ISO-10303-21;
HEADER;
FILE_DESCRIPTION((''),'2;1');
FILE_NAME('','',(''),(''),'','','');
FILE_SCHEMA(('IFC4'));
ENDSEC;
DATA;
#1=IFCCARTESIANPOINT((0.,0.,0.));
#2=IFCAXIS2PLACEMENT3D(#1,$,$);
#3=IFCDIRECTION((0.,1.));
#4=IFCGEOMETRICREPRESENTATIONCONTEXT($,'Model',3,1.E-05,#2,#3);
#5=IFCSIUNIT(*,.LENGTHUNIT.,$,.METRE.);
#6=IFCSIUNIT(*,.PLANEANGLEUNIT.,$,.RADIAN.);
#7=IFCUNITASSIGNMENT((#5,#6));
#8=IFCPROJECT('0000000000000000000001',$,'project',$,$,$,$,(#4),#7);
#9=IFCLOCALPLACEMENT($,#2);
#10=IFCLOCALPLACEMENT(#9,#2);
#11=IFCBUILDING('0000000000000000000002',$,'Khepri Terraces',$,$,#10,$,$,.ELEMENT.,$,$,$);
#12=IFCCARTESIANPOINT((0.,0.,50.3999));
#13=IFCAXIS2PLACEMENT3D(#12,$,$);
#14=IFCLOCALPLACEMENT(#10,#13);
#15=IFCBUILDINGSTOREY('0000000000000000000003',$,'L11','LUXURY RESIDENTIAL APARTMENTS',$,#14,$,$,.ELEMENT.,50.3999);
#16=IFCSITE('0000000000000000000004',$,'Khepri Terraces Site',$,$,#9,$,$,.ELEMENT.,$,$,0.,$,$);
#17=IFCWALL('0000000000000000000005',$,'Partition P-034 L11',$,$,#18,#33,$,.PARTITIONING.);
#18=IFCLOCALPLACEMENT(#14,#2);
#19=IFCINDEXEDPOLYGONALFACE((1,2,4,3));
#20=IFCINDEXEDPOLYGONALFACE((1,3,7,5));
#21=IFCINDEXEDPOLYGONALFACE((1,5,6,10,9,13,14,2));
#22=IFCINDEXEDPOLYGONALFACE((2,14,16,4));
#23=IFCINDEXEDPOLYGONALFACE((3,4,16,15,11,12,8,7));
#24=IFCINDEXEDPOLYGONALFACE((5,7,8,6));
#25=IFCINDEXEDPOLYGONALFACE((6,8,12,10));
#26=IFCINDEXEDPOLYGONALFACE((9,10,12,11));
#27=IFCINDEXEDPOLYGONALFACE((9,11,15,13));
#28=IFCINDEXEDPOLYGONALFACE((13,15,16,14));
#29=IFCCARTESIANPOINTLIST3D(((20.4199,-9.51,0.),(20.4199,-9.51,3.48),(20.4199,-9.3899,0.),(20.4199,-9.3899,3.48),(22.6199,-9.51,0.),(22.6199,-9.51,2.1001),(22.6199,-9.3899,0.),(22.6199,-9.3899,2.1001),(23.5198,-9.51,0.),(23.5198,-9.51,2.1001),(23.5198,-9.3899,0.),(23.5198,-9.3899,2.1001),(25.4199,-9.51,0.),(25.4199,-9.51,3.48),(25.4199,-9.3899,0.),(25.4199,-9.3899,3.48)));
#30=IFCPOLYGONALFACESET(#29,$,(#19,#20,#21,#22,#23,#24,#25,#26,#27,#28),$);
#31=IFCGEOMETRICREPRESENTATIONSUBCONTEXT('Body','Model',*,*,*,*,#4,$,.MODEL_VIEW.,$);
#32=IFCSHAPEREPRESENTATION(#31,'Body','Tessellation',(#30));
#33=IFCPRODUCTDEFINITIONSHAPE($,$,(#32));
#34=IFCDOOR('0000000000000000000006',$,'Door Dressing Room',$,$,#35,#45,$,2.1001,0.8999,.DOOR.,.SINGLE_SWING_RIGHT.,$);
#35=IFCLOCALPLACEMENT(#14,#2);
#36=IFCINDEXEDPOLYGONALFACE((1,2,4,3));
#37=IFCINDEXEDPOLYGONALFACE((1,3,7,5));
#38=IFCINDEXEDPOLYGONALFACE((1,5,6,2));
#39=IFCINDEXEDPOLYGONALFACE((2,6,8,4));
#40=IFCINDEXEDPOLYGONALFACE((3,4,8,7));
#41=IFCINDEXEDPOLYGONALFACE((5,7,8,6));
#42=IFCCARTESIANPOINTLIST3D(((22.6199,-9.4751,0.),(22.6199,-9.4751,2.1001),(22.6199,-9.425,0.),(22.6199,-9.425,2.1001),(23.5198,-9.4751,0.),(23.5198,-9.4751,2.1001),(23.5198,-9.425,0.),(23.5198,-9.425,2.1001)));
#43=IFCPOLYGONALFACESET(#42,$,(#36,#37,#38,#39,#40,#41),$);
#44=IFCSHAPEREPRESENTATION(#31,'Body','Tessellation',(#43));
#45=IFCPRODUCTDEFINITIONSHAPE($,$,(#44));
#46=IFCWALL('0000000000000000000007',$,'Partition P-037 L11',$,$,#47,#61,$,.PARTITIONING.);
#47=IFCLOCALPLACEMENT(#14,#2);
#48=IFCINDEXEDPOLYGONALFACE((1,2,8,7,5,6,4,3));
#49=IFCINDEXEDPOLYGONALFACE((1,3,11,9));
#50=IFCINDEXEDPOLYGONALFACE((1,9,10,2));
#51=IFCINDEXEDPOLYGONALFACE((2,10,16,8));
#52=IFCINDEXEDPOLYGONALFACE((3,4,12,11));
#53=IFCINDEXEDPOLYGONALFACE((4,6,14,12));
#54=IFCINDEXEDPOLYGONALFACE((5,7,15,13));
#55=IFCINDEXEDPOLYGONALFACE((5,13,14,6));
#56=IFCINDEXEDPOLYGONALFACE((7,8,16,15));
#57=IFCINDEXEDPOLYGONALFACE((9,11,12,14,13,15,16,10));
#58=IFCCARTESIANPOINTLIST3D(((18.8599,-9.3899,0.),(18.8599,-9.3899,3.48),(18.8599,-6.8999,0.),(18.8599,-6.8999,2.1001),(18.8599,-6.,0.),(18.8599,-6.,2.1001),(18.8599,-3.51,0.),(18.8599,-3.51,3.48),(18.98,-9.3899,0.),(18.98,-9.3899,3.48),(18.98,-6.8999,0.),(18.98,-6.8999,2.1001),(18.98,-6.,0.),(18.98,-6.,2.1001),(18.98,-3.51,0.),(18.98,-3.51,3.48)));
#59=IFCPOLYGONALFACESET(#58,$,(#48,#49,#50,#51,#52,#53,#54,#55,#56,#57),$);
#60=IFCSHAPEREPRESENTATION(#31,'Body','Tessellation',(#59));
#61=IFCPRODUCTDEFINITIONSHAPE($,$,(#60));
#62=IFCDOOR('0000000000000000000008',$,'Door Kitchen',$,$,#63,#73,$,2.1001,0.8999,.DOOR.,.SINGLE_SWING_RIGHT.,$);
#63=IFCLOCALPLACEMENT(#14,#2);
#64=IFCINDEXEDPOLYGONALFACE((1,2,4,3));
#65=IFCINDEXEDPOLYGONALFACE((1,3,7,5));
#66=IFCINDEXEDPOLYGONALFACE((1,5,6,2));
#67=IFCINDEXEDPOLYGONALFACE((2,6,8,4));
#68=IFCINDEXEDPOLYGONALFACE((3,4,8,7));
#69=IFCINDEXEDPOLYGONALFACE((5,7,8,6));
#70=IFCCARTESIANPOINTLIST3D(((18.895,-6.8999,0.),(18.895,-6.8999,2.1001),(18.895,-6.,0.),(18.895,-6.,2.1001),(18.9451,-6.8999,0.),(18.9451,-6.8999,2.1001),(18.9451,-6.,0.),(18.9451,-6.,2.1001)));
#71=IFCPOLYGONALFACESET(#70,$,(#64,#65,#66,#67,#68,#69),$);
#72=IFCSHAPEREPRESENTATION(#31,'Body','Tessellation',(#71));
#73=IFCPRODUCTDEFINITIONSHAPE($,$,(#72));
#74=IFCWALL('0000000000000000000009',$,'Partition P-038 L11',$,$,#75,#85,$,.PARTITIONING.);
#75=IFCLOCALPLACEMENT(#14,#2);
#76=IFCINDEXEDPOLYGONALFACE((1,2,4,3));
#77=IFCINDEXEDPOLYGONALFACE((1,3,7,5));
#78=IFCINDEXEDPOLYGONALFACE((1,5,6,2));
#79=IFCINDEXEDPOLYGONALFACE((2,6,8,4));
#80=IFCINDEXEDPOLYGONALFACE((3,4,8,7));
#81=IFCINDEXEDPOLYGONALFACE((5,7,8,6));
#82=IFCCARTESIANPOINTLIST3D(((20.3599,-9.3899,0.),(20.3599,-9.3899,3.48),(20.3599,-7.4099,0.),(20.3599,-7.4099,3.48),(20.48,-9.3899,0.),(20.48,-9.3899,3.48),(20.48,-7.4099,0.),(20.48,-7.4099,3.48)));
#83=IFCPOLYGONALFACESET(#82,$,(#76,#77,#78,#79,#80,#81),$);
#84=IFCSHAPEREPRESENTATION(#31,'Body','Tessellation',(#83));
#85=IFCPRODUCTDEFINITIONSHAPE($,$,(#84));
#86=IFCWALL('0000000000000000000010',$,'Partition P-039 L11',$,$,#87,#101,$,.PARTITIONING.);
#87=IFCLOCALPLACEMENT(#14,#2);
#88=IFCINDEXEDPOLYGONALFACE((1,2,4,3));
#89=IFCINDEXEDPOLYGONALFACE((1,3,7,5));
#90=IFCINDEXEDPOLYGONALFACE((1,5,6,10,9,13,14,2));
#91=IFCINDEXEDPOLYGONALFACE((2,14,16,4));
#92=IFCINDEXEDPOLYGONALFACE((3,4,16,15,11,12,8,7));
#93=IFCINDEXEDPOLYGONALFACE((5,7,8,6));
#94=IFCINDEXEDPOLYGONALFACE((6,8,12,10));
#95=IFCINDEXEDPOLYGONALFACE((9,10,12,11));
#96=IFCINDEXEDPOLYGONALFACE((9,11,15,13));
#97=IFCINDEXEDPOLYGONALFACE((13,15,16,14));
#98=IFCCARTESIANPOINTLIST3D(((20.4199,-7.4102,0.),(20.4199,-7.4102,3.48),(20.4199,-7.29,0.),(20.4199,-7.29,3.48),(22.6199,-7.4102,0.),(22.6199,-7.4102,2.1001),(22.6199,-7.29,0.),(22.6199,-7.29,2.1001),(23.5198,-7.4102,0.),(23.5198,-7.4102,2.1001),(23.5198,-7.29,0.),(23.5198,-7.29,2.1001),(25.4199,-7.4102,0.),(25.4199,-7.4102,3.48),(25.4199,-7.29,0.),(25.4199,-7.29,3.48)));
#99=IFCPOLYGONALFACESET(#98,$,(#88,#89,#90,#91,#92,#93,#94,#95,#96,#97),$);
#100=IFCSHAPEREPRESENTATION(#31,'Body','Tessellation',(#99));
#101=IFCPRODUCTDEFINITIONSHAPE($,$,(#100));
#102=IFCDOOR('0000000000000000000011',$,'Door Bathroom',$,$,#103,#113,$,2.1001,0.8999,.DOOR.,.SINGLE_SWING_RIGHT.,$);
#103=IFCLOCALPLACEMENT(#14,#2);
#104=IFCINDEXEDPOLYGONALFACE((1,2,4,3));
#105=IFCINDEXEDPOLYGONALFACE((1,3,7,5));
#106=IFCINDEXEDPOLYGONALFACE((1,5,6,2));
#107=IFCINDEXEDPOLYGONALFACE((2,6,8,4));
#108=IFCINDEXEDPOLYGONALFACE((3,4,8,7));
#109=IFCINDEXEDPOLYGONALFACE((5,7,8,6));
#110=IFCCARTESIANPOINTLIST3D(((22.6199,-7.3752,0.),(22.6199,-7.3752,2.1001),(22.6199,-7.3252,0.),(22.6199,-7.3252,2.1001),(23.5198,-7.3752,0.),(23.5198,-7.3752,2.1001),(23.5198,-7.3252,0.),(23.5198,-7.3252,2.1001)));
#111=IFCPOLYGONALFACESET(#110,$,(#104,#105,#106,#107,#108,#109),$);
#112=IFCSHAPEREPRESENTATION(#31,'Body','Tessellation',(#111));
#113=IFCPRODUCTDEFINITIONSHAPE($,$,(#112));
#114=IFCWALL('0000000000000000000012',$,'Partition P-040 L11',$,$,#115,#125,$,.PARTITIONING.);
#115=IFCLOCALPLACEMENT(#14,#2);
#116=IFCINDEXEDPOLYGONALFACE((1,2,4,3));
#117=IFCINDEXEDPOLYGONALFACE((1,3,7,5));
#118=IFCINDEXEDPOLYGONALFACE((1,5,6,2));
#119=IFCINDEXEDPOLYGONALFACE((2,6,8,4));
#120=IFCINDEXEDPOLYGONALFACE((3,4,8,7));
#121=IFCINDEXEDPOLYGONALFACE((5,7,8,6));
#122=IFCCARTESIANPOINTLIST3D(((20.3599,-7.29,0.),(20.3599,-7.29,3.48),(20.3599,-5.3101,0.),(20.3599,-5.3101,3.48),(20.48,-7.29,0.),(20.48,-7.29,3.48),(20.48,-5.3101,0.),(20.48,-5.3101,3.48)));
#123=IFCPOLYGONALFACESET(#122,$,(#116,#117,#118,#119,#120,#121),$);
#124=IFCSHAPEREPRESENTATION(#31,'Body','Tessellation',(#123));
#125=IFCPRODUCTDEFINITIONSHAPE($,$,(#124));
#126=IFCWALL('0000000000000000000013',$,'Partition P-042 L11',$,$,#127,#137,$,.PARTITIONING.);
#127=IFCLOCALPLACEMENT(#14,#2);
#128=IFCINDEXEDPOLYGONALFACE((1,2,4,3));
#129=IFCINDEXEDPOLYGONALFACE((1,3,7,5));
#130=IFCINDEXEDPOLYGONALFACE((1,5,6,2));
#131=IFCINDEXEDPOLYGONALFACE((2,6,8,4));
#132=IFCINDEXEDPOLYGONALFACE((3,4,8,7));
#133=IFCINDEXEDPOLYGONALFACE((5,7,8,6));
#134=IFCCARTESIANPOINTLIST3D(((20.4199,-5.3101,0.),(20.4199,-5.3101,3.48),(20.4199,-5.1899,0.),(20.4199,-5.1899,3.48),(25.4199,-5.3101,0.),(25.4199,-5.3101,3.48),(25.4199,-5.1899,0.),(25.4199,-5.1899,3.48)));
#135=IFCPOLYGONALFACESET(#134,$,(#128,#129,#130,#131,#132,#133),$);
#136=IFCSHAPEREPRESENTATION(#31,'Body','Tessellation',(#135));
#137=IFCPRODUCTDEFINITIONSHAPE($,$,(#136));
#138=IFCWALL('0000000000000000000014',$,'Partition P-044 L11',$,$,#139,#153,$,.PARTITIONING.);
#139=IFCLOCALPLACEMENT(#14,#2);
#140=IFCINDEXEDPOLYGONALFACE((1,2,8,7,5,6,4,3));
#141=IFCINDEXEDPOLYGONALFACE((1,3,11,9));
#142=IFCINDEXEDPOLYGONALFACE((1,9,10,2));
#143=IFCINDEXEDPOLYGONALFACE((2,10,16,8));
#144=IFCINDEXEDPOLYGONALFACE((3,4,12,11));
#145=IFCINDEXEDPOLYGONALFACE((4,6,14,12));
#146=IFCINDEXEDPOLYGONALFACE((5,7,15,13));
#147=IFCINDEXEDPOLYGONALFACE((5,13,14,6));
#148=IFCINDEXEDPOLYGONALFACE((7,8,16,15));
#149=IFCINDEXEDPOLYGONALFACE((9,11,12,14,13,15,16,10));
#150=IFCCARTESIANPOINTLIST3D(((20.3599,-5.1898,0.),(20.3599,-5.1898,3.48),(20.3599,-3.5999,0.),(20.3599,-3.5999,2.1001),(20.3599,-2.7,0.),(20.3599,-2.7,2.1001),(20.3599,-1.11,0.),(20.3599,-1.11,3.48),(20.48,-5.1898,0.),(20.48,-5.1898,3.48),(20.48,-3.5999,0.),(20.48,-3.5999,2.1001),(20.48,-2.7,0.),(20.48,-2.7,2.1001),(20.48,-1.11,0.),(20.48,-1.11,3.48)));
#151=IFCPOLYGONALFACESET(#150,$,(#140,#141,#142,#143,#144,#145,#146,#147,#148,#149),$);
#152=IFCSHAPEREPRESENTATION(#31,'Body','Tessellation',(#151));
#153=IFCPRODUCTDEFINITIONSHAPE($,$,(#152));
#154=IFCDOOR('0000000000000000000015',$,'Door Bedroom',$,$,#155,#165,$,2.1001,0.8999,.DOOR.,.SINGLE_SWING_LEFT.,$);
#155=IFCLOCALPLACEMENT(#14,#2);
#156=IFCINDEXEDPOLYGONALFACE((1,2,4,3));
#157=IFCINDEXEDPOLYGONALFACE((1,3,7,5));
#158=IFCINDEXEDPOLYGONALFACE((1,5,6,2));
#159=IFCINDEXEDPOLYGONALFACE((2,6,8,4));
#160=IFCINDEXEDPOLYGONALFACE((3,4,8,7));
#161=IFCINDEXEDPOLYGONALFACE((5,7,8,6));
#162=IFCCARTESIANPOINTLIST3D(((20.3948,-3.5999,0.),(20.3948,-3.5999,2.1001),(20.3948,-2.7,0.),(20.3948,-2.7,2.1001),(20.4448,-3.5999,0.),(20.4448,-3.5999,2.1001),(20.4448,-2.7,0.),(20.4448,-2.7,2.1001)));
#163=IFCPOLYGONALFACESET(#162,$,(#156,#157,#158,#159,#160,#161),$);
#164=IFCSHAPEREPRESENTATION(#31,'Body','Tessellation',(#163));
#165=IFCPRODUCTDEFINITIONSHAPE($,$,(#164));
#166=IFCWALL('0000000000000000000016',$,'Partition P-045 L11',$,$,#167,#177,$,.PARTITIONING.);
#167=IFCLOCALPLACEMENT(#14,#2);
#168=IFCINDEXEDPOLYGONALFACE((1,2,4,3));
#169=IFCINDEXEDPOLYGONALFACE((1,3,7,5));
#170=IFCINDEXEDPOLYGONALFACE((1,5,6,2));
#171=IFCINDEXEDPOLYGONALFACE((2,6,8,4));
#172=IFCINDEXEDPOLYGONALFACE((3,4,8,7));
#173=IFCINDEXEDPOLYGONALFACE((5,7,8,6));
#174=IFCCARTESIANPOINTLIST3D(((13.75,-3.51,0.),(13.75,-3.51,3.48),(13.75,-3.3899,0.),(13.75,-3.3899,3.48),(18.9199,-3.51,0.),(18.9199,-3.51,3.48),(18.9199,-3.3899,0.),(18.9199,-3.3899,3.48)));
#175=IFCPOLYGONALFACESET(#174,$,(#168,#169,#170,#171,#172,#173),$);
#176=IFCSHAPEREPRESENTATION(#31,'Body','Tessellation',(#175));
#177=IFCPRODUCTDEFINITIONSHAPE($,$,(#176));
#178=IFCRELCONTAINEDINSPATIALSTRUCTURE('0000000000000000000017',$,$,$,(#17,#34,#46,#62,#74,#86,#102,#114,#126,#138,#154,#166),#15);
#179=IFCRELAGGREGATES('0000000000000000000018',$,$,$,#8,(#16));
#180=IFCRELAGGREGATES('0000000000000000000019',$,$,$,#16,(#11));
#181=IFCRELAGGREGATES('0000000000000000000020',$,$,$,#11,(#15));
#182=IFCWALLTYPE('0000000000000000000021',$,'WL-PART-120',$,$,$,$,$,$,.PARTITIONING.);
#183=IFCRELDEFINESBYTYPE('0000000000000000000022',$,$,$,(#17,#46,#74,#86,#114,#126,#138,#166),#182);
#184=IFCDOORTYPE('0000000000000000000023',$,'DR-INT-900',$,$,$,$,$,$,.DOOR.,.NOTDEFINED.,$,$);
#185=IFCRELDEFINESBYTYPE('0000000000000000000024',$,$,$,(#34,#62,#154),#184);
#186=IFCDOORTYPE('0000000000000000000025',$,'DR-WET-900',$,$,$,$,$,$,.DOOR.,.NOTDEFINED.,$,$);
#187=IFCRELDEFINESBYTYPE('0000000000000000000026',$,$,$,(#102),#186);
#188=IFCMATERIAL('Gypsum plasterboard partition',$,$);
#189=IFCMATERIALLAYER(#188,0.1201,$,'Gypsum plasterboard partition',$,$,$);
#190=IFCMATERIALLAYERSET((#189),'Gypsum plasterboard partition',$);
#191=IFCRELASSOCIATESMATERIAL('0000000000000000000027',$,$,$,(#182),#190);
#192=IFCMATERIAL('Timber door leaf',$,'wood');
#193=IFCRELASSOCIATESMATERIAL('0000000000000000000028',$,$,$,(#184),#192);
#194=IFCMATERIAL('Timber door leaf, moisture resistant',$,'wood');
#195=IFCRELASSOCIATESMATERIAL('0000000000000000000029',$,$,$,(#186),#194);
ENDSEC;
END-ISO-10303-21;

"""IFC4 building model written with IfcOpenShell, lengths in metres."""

from ifc_helpers import new_model, si_unit, direction, frame, frame_2d, origin, place, context, subcontext, project, spatial, rectangle, extrude, material, layer, layer_set, type_object, element, fill, save


model = new_model("IFC4")

# Units and contexts
model_context = context("Model", 3, precision=1e-05, world=origin(), true_north=direction((0.0, 1.0)))
body_context = subcontext(model_context, "Body", "Model", "MODEL_VIEW")
ifc_project = project(units=[si_unit("LENGTHUNIT", "METRE"), si_unit("PLANEANGLEUNIT", "RADIAN")], contexts=[model_context])

# Site, building, storey
site_placement = place(None, origin())
site = spatial("IfcSite", under=ifc_project, at=site_placement, Name="Khepri Terraces Site", CompositionType="ELEMENT", RefElevation=0.0)
building_placement = place(site_placement, origin())
building = spatial("IfcBuilding", under=site, at=building_placement, Name="Khepri Terraces", CompositionType="ELEMENT")
storey_placement = place(building_placement, frame((0.0, 0.0, 50.3999)))
storey = spatial("IfcBuildingStorey", under=building, at=storey_placement, Name="L11", Description="LUXURY RESIDENTIAL APARTMENTS", CompositionType="ELEMENT", Elevation=50.3999)

# Shared definitions
ifc_material_1 = material(Name="Gypsum plasterboard partition")
ifc_layer_1 = layer(ifc_material_1, 0.1201, Name="Gypsum plasterboard partition")
ifc_layer_set_1 = layer_set([ifc_layer_1], Name="Gypsum plasterboard partition")
wall_type_1 = type_object("IfcWallType", Name="WL-PART-120", PredefinedType="PARTITIONING", material=ifc_layer_set_1)
ifc_material_2 = material(Name="Timber door leaf", Category="wood")
door_type_1 = type_object("IfcDoorType", Name="DR-INT-900", OperationType="NOTDEFINED", PredefinedType="DOOR", material=ifc_material_2)

# Walls, openings, doors
wall_1_placement = place(storey_placement, frame((20.4199, -9.45, 0.0), z_axis=(0.0, 0.0, 1.0), x_axis=(1.0, 0.0, 0.0)))
wall_1 = element("IfcWall", 1, at=wall_1_placement, inside=storey, type_object=wall_type_1, Name="Partition P-034 L11", PredefinedType="PARTITIONING", context=body_context, shape_type="SweptSolid", body=[
    extrude(rectangle(XDim=5.0, YDim=0.1201, at=frame_2d((2.5, 0.0))), origin(), (0.0, 0.0, 1.0), 3.48),
])
opening_1_placement = place(wall_1_placement, frame((2.2, 0.0, 0.0)))
opening_1 = element("IfcOpeningElement", 2, at=opening_1_placement, cuts=wall_1, PredefinedType="OPENING", context=body_context, shape_type="SweptSolid", body=[
    extrude(rectangle(XDim=0.8999, YDim=2.1001, at=frame_2d((0.45, 1.05))), frame((0.0, 0.0701, 0.0), z_axis=(0.0, -1.0, 0.0), x_axis=(1.0, 0.0, 0.0)), (0.0, 0.0, 1.0), 0.1401),
])
door_1_placement = place(opening_1_placement, origin())
door_1 = element("IfcDoor", 3, at=door_1_placement, inside=storey, type_object=door_type_1, Name="Door Dressing Room", OperationType="SINGLE_SWING_RIGHT", OverallHeight=2.1001, OverallWidth=0.8999, PredefinedType="DOOR", context=body_context, shape_type="SweptSolid", body=[
    extrude(rectangle(XDim=0.8999, YDim=2.1001, at=frame_2d((0.45, 1.05))), frame((0.0, 0.0249, 0.0), z_axis=(0.0, -1.0, 0.0), x_axis=(1.0, 0.0, 0.0)), (0.0, 0.0, 1.0), 0.05),
])
fill(opening_1, door_1)
wall_2_placement = place(storey_placement, frame((18.9199, -9.3899, 0.0), z_axis=(0.0, 0.0, 1.0), x_axis=(0.0, 1.0, 0.0)))
wall_2 = element("IfcWall", 4, at=wall_2_placement, inside=storey, type_object=wall_type_1, Name="Partition P-037 L11", PredefinedType="PARTITIONING", context=body_context, shape_type="SweptSolid", body=[
    extrude(rectangle(XDim=5.8799, YDim=0.1201, at=frame_2d((2.9399, 0.0))), origin(), (0.0, 0.0, 1.0), 3.48),
])
opening_2_placement = place(wall_2_placement, frame((2.49, 0.0, 0.0)))
opening_2 = element("IfcOpeningElement", 5, at=opening_2_placement, cuts=wall_2, PredefinedType="OPENING", context=body_context, shape_type="SweptSolid", body=[
    extrude(rectangle(XDim=0.8999, YDim=2.1001, at=frame_2d((0.45, 1.05))), frame((0.0, 0.0701, 0.0), z_axis=(0.0, -1.0, 0.0), x_axis=(1.0, 0.0, 0.0)), (0.0, 0.0, 1.0), 0.1401),
])
door_2_placement = place(opening_2_placement, origin())
door_2 = element("IfcDoor", 6, at=door_2_placement, inside=storey, type_object=door_type_1, Name="Door Kitchen", OperationType="SINGLE_SWING_RIGHT", OverallHeight=2.1001, OverallWidth=0.8999, PredefinedType="DOOR", context=body_context, shape_type="SweptSolid", body=[
    extrude(rectangle(XDim=0.8999, YDim=2.1001, at=frame_2d((0.45, 1.05))), frame((0.0, 0.0249, 0.0), z_axis=(0.0, -1.0, 0.0), x_axis=(1.0, 0.0, 0.0)), (0.0, 0.0, 1.0), 0.05),
])
fill(opening_2, door_2)

# Wall
wall_3_placement = place(storey_placement, frame((20.4199, -9.3899, 0.0), z_axis=(0.0, 0.0, 1.0), x_axis=(0.0, 1.0, 0.0)))
element("IfcWall", 7, at=wall_3_placement, inside=storey, type_object=wall_type_1, Name="Partition P-038 L11", PredefinedType="PARTITIONING", context=body_context, shape_type="SweptSolid", body=[
    extrude(rectangle(XDim=1.98, YDim=0.1201, at=frame_2d((0.99, 0.0))), origin(), (0.0, 0.0, 1.0), 3.48),
])

# Wall, opening, door
wall_4_placement = place(storey_placement, frame((20.4199, -7.3501, 0.0), z_axis=(0.0, 0.0, 1.0), x_axis=(1.0, 0.0, 0.0)))
wall_4 = element("IfcWall", 8, at=wall_4_placement, inside=storey, type_object=wall_type_1, Name="Partition P-039 L11", PredefinedType="PARTITIONING", context=body_context, shape_type="SweptSolid", body=[
    extrude(rectangle(XDim=5.0, YDim=0.1201, at=frame_2d((2.5, 0.0))), origin(), (0.0, 0.0, 1.0), 3.48),
])
opening_3_placement = place(wall_4_placement, frame((2.2, 0.0, 0.0)))
opening_3 = element("IfcOpeningElement", 9, at=opening_3_placement, cuts=wall_4, PredefinedType="OPENING", context=body_context, shape_type="SweptSolid", body=[
    extrude(rectangle(XDim=0.8999, YDim=2.1001, at=frame_2d((0.45, 1.05))), frame((0.0, 0.0701, 0.0), z_axis=(0.0, -1.0, 0.0), x_axis=(1.0, 0.0, 0.0)), (0.0, 0.0, 1.0), 0.1401),
])
ifc_material_3 = material(Name="Timber door leaf, moisture resistant", Category="wood")
door_type_2 = type_object("IfcDoorType", Name="DR-WET-900", OperationType="NOTDEFINED", PredefinedType="DOOR", material=ifc_material_3)
door_3_placement = place(opening_3_placement, origin())
door_3 = element("IfcDoor", 10, at=door_3_placement, inside=storey, type_object=door_type_2, Name="Door Bathroom", OperationType="SINGLE_SWING_RIGHT", OverallHeight=2.1001, OverallWidth=0.8999, PredefinedType="DOOR", context=body_context, shape_type="SweptSolid", body=[
    extrude(rectangle(XDim=0.8999, YDim=2.1001, at=frame_2d((0.45, 1.05))), frame((0.0, 0.0249, 0.0), z_axis=(0.0, -1.0, 0.0), x_axis=(1.0, 0.0, 0.0)), (0.0, 0.0, 1.0), 0.05),
])
fill(opening_3, door_3)

# Walls
wall_5_placement = place(storey_placement, frame((20.4199, -7.29, 0.0), z_axis=(0.0, 0.0, 1.0), x_axis=(0.0, 1.0, 0.0)))
element("IfcWall", 11, at=wall_5_placement, inside=storey, type_object=wall_type_1, Name="Partition P-040 L11", PredefinedType="PARTITIONING", context=body_context, shape_type="SweptSolid", body=[
    extrude(rectangle(XDim=1.98, YDim=0.1201, at=frame_2d((0.99, 0.0))), origin(), (0.0, 0.0, 1.0), 3.48),
])
wall_6_placement = place(storey_placement, frame((20.4199, -5.25, 0.0), z_axis=(0.0, 0.0, 1.0), x_axis=(1.0, 0.0, 0.0)))
element("IfcWall", 12, at=wall_6_placement, inside=storey, type_object=wall_type_1, Name="Partition P-042 L11", PredefinedType="PARTITIONING", context=body_context, shape_type="SweptSolid", body=[
    extrude(rectangle(XDim=5.0, YDim=0.1201, at=frame_2d((2.5, 0.0))), origin(), (0.0, 0.0, 1.0), 3.48),
])

# Wall, opening, door
wall_7_placement = place(storey_placement, frame((20.4199, -5.1899, 0.0), z_axis=(0.0, 0.0, 1.0), x_axis=(0.0, 1.0, 0.0)))
wall_7 = element("IfcWall", 13, at=wall_7_placement, inside=storey, type_object=wall_type_1, Name="Partition P-044 L11", PredefinedType="PARTITIONING", context=body_context, shape_type="SweptSolid", body=[
    extrude(rectangle(XDim=4.0798, YDim=0.1201, at=frame_2d((2.04, 0.0))), origin(), (0.0, 0.0, 1.0), 3.48),
])
opening_4_placement = place(wall_7_placement, frame((1.5901, 0.0, 0.0)))
opening_4 = element("IfcOpeningElement", 14, at=opening_4_placement, cuts=wall_7, PredefinedType="OPENING", context=body_context, shape_type="SweptSolid", body=[
    extrude(rectangle(XDim=0.8999, YDim=2.1001, at=frame_2d((0.45, 1.05))), frame((0.0, 0.0701, 0.0), z_axis=(0.0, -1.0, 0.0), x_axis=(1.0, 0.0, 0.0)), (0.0, 0.0, 1.0), 0.1401),
])
door_4_placement = place(opening_4_placement, frame((0.8999, 0.0, 0.0), z_axis=(0.0, 0.0, 1.0), x_axis=(-1.0, 0.0, 0.0)))
door_4 = element("IfcDoor", 15, at=door_4_placement, inside=storey, type_object=door_type_1, Name="Door Bedroom", OperationType="SINGLE_SWING_LEFT", OverallHeight=2.1001, OverallWidth=0.8999, PredefinedType="DOOR", context=body_context, shape_type="SweptSolid", body=[
    extrude(rectangle(XDim=0.8999, YDim=2.1001, at=frame_2d((0.45, 1.05))), frame((0.0, 0.0249, 0.0), z_axis=(0.0, -1.0, 0.0), x_axis=(1.0, 0.0, 0.0)), (0.0, 0.0, 1.0), 0.05),
])
fill(opening_4, door_4)

# Wall
wall_8_placement = place(storey_placement, frame((13.75, -3.45, 0.0), z_axis=(0.0, 0.0, 1.0), x_axis=(1.0, 0.0, 0.0)))
element("IfcWall", 16, at=wall_8_placement, inside=storey, type_object=wall_type_1, Name="Partition P-045 L11", PredefinedType="PARTITIONING", context=body_context, shape_type="SweptSolid", body=[
    extrude(rectangle(XDim=5.1699, YDim=0.1201, at=frame_2d((2.585, 0.0))), origin(), (0.0, 0.0, 1.0), 3.48),
])

save(model, "model.ifc")
